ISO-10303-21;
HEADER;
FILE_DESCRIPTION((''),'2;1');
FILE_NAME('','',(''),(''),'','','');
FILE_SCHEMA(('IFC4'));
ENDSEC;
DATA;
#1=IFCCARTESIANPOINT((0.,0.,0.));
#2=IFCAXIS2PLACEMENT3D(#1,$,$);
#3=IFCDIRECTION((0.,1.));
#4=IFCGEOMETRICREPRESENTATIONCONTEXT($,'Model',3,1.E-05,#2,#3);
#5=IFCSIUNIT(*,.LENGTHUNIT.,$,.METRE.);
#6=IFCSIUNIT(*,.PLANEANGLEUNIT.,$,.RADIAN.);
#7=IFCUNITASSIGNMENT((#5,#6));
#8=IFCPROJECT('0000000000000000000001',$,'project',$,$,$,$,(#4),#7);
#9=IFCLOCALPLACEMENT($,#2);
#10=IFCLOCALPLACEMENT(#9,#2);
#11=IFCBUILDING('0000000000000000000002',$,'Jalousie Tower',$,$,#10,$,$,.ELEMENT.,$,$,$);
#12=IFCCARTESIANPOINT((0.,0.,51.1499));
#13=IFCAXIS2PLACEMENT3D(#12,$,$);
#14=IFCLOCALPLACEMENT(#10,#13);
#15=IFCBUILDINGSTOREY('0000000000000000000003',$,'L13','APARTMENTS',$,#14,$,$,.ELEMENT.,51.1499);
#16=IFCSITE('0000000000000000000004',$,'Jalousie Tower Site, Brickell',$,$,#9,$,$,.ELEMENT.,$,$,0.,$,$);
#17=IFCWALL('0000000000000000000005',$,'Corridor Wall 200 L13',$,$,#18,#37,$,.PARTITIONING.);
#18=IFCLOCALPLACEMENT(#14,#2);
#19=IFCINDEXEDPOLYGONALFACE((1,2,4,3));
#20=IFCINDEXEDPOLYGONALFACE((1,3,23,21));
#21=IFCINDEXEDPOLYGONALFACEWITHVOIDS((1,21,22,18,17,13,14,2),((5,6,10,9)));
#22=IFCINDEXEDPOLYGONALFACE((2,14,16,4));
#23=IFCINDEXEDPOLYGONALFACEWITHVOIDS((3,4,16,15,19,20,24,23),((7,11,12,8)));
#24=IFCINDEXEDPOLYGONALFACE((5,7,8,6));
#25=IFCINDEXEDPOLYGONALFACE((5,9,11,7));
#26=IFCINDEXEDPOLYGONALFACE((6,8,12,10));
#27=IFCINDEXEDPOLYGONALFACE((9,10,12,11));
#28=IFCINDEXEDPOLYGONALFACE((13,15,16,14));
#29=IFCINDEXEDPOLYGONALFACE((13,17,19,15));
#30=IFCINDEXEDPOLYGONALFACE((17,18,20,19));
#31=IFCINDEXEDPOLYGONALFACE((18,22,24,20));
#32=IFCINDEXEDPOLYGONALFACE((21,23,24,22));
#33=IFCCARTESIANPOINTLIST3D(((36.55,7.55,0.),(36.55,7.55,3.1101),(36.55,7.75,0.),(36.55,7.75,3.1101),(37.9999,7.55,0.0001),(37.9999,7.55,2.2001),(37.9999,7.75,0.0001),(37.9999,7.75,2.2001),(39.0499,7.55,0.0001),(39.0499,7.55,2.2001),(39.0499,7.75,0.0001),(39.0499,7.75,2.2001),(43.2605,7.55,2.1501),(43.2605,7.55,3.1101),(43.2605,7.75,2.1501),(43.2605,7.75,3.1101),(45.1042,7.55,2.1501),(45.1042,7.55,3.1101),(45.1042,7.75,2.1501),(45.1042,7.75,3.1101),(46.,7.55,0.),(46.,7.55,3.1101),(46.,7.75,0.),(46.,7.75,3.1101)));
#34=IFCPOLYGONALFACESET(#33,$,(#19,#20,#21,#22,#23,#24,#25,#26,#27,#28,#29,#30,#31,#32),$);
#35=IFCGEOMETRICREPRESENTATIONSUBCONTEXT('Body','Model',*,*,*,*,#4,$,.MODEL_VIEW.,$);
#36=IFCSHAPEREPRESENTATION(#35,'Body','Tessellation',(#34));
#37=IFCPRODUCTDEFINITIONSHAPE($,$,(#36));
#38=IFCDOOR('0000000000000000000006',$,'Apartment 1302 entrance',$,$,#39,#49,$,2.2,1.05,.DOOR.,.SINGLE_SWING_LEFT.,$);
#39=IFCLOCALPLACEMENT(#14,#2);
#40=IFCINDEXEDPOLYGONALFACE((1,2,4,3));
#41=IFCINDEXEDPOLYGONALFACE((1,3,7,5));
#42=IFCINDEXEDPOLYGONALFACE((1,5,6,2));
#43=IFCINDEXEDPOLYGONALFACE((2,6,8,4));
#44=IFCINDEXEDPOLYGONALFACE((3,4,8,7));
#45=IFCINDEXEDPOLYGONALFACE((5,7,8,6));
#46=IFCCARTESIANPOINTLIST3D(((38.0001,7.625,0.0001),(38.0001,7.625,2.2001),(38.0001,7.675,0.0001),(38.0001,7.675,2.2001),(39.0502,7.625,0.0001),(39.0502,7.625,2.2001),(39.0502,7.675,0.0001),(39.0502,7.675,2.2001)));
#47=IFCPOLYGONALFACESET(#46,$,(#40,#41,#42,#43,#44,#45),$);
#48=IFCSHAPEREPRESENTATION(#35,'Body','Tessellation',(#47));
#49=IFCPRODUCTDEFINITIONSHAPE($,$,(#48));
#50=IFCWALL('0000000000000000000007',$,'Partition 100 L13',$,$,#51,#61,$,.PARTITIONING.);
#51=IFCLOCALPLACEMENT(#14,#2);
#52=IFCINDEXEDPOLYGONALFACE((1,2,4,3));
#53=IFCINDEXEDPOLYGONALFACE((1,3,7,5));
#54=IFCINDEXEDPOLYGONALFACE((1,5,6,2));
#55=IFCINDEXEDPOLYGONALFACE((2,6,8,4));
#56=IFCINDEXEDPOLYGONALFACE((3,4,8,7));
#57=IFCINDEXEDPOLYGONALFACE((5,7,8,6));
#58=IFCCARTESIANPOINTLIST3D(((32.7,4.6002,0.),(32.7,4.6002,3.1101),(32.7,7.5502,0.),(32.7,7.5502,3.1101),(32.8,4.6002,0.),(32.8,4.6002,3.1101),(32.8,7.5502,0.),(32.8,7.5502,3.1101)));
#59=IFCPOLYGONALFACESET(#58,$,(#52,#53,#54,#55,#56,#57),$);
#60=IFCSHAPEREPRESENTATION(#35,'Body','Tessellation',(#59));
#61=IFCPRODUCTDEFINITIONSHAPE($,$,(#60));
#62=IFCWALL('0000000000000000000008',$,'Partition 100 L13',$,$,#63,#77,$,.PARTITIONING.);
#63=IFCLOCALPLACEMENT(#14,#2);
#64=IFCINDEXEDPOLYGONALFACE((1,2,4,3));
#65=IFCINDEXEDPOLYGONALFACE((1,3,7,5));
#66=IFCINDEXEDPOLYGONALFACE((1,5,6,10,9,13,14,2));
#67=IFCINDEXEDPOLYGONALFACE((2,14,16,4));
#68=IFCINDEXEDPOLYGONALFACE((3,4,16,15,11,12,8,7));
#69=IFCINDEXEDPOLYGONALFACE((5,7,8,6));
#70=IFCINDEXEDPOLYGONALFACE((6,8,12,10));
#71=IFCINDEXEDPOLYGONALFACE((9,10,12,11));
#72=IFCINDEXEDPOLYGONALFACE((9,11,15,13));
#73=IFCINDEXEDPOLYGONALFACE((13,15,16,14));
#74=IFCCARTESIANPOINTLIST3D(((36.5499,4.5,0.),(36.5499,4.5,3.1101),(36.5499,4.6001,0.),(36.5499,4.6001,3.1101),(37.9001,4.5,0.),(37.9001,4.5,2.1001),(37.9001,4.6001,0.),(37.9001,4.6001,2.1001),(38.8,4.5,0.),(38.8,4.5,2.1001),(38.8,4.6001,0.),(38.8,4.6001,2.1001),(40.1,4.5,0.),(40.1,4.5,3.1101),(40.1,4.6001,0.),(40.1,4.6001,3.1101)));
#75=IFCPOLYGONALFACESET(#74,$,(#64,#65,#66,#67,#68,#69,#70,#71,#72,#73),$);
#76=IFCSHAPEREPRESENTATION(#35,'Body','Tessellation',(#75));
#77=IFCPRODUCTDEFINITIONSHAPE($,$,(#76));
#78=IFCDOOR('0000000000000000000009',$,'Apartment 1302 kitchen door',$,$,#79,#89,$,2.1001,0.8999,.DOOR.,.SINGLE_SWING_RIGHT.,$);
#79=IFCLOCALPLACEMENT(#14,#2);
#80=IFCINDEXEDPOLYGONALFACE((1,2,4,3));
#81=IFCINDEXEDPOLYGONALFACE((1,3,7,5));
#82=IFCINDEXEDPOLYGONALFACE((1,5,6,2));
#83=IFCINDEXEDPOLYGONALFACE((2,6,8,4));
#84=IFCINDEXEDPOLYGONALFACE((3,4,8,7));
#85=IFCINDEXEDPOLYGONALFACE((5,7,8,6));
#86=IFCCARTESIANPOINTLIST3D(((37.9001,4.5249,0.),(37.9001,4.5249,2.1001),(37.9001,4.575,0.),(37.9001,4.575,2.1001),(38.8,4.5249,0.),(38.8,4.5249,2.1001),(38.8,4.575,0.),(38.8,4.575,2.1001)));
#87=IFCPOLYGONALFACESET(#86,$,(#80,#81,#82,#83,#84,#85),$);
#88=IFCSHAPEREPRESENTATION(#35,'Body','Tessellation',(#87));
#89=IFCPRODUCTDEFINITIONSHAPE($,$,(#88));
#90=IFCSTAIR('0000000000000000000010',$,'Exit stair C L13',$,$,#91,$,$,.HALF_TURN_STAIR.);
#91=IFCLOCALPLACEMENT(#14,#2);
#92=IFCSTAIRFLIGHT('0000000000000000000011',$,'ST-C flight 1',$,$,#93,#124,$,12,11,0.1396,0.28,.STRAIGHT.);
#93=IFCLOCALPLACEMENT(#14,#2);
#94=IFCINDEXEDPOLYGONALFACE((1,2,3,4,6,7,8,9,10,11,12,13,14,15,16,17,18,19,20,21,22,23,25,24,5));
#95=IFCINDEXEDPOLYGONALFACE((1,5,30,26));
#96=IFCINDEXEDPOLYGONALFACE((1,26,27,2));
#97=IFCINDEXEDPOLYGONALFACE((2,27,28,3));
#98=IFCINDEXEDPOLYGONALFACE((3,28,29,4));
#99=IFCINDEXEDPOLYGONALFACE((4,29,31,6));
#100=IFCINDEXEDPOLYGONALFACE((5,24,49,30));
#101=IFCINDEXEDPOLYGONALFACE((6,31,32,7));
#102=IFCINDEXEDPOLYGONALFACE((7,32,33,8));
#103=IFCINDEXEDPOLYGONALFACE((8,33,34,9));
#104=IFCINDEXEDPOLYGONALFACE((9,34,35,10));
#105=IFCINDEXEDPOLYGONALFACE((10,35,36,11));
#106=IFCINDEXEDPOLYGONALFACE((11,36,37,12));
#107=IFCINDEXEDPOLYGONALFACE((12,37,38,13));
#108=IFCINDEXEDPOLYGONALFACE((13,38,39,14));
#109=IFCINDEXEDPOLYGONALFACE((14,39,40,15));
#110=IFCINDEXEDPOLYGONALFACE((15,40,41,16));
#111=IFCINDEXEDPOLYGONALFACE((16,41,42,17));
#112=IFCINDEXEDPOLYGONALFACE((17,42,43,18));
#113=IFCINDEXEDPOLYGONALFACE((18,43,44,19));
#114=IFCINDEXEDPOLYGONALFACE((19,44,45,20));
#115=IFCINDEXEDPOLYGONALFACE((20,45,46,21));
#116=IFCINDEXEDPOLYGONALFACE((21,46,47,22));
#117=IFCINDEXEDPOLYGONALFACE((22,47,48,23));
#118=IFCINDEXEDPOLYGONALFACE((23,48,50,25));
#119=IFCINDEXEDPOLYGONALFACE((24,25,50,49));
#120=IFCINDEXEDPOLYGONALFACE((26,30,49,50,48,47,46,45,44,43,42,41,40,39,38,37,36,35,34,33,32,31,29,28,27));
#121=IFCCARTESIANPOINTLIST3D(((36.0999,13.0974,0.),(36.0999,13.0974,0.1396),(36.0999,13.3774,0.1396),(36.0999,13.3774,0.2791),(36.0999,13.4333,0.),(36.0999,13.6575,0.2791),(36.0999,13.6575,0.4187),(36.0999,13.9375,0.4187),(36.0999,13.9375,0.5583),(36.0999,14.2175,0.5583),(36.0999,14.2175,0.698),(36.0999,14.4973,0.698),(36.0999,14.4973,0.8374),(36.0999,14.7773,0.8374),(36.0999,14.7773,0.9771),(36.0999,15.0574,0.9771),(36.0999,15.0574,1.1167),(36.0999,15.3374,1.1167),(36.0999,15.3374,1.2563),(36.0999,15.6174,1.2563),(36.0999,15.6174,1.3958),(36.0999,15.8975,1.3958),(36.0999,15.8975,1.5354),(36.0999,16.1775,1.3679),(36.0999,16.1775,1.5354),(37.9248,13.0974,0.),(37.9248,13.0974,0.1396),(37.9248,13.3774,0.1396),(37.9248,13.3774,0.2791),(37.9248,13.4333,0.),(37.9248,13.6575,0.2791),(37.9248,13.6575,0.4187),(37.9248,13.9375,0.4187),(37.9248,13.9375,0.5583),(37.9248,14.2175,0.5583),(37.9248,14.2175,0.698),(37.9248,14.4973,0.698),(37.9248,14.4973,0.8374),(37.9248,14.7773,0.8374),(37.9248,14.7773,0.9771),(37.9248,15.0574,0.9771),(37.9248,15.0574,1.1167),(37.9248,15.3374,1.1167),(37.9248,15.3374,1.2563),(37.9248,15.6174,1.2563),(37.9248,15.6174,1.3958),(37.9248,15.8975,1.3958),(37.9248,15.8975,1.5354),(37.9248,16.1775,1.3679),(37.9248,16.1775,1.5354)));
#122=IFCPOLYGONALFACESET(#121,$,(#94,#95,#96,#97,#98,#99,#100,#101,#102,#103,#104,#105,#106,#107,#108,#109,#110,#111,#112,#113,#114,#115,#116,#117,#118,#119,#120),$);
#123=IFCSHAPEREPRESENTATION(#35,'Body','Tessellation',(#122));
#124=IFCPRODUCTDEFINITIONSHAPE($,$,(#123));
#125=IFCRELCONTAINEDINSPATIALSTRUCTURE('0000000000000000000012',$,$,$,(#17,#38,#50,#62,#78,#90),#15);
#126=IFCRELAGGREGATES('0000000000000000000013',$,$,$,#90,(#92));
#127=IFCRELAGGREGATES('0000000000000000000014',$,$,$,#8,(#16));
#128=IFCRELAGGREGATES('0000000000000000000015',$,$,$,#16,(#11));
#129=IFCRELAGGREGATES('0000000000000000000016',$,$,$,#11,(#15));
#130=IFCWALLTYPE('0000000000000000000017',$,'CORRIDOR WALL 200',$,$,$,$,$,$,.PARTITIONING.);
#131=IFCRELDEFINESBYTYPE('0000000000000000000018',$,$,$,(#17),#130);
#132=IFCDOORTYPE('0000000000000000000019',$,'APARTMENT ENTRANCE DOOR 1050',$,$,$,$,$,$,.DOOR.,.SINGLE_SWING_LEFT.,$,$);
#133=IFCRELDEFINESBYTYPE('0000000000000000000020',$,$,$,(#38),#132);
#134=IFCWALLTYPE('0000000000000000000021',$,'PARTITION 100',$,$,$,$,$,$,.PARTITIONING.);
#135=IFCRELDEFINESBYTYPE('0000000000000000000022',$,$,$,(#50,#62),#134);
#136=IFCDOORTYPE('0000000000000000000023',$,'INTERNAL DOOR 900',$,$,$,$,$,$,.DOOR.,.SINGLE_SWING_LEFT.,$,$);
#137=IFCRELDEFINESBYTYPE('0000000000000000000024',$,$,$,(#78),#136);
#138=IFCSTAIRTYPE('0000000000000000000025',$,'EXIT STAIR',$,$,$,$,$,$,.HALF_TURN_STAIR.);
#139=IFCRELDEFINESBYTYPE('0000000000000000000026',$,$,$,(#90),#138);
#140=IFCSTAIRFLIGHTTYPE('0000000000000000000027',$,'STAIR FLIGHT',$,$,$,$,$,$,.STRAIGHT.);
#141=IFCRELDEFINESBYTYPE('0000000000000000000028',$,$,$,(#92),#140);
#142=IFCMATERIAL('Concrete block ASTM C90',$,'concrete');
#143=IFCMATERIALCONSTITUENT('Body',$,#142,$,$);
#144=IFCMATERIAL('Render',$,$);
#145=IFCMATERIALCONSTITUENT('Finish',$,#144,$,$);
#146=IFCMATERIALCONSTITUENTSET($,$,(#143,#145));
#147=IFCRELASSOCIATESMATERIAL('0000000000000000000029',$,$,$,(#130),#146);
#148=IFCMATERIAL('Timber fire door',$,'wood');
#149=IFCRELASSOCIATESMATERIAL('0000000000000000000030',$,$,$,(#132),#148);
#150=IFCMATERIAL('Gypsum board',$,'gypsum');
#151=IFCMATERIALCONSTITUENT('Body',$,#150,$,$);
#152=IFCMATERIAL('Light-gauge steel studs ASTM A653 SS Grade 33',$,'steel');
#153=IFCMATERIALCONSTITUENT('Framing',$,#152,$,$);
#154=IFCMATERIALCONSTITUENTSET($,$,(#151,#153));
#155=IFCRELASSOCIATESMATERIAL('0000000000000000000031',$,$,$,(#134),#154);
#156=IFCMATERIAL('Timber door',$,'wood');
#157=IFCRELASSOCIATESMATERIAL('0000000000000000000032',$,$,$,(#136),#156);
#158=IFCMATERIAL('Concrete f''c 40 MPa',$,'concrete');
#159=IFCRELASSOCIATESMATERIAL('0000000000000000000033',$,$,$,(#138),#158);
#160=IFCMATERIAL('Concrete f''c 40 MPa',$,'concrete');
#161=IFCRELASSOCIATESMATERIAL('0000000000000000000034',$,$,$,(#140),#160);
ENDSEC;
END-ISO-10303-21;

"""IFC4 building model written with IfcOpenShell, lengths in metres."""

from ifc_helpers import new_model, si_unit, direction, frame, frame_2d, origin, place, context, subcontext, project, spatial, polyline, rectangle, outline, extrude, material, constituent, constituent_set, type_object, element, fill, aggregate, save


model = new_model("IFC4")

# Units and contexts
model_context = context("Model", 3, precision=1e-05, world=origin(), true_north=direction((0.0, 1.0)))
body_context = subcontext(model_context, "Body", "Model", "MODEL_VIEW")
ifc_project = project(units=[si_unit("LENGTHUNIT", "METRE"), si_unit("PLANEANGLEUNIT", "RADIAN")], contexts=[model_context])

# Site, building, storey
site_placement = place(None, origin())
site = spatial("IfcSite", under=ifc_project, at=site_placement, Name="Jalousie Tower Site, Brickell", CompositionType="ELEMENT", RefElevation=0.0)
building_placement = place(site_placement, origin())
building = spatial("IfcBuilding", under=site, at=building_placement, Name="Jalousie Tower", CompositionType="ELEMENT")
storey_placement = place(building_placement, frame((0.0, 0.0, 51.1499)))
storey = spatial("IfcBuildingStorey", under=building, at=storey_placement, Name="L13", Description="APARTMENTS", CompositionType="ELEMENT", Elevation=51.1499)

# Wall, opening, door
ifc_material_1 = material(Name="Concrete block ASTM C90", Category="concrete")
ifc_constituent_1 = constituent(ifc_material_1, Name="Body")
ifc_material_2 = material(Name="Render")
ifc_constituent_2 = constituent(ifc_material_2, Name="Finish")
ifc_constituent_set_1 = constituent_set(constituents=[ifc_constituent_1, ifc_constituent_2])
wall_type_1 = type_object("IfcWallType", Name="CORRIDOR WALL 200", PredefinedType="PARTITIONING", material=ifc_constituent_set_1)
wall_1_placement = place(storey_placement, frame((36.55, 7.6499, 0.0), z_axis=(0.0, 0.0, 1.0), x_axis=(1.0, 0.0, 0.0)))
wall_1 = element("IfcWall", 1, at=wall_1_placement, inside=storey, type_object=wall_type_1, Name="Corridor Wall 200 L13", PredefinedType="PARTITIONING", context=body_context, shape_type="SweptSolid", body=[
    extrude(outline(polyline([(0.0, 0.0), (9.45, 0.0), (9.45, 3.1101), (8.5542, 3.1101), (8.5542, 2.1501), (6.7104, 2.1501), (6.7104, 3.1101), (0.0, 3.1101), (0.0, 0.0)])), frame((0.0, 0.1001, 0.0), z_axis=(0.0, -1.0, 0.0), x_axis=(1.0, 0.0, 0.0)), (0.0, 0.0, 1.0), 0.2),
])
opening_1_placement = place(wall_1_placement, frame((1.45, 0.0, 0.0)))
opening_1 = element("IfcOpeningElement", 2, at=opening_1_placement, cuts=wall_1, PredefinedType="OPENING", context=body_context, shape_type="SweptSolid", body=[
    extrude(rectangle(XDim=1.05, YDim=2.2, at=frame_2d((0.5249, 1.1001))), frame((0.0, 0.1099, 0.0), z_axis=(0.0, -1.0, 0.0), x_axis=(1.0, 0.0, 0.0)), (0.0, 0.0, 1.0), 0.22),
])
ifc_material_3 = material(Name="Timber fire door", Category="wood")
door_type_1 = type_object("IfcDoorType", Name="APARTMENT ENTRANCE DOOR 1050", OperationType="SINGLE_SWING_LEFT", PredefinedType="DOOR", material=ifc_material_3)
door_1_placement = place(opening_1_placement, frame((1.05, 0.0, 0.0), z_axis=(0.0, 0.0, 1.0), x_axis=(-1.0, 0.0, 0.0)))
door_1 = element("IfcDoor", 3, at=door_1_placement, inside=storey, type_object=door_type_1, Name="Apartment 1302 entrance", OperationType="SINGLE_SWING_LEFT", OverallHeight=2.2, OverallWidth=1.05, PredefinedType="DOOR", context=body_context, shape_type="SweptSolid", body=[
    extrude(rectangle(XDim=1.05, YDim=2.2, at=frame_2d((0.5249, 1.1001))), frame((0.0, 0.0249, 0.0), z_axis=(0.0, -1.0, 0.0), x_axis=(1.0, 0.0, 0.0)), (0.0, 0.0, 1.0), 0.05),
])
fill(opening_1, door_1)

# Wall
ifc_material_4 = material(Name="Gypsum board", Category="gypsum")
ifc_constituent_3 = constituent(ifc_material_4, Name="Body")
ifc_material_5 = material(Name="Light-gauge steel studs ASTM A653 SS Grade 33", Category="steel")
ifc_constituent_4 = constituent(ifc_material_5, Name="Framing")
ifc_constituent_set_2 = constituent_set(constituents=[ifc_constituent_3, ifc_constituent_4])
wall_type_2 = type_object("IfcWallType", Name="PARTITION 100", PredefinedType="PARTITIONING", material=ifc_constituent_set_2)
wall_2_placement = place(storey_placement, frame((32.75, 4.6001, 0.0), z_axis=(0.0, 0.0, 1.0), x_axis=(0.0, 1.0, 0.0)))
element("IfcWall", 4, at=wall_2_placement, inside=storey, type_object=wall_type_2, Name="Partition 100 L13", PredefinedType="PARTITIONING", context=body_context, shape_type="SweptSolid", body=[
    extrude(rectangle(XDim=2.95, YDim=0.1001, at=frame_2d((1.4751, 0.0))), origin(), (0.0, 0.0, 1.0), 3.1101),
])

# Wall, opening, door
wall_3_placement = place(storey_placement, frame((36.55, 4.55, 0.0), z_axis=(0.0, 0.0, 1.0), x_axis=(1.0, 0.0, 0.0)))
wall_3 = element("IfcWall", 5, at=wall_3_placement, inside=storey, type_object=wall_type_2, Name="Partition 100 L13", PredefinedType="PARTITIONING", context=body_context, shape_type="SweptSolid", body=[
    extrude(rectangle(XDim=3.55, YDim=0.1001, at=frame_2d((1.7749, 0.0))), origin(), (0.0, 0.0, 1.0), 3.1101),
])
opening_2_placement = place(wall_3_placement, frame((1.3501, 0.0, 0.0)))
opening_2 = element("IfcOpeningElement", 6, at=opening_2_placement, cuts=wall_3, PredefinedType="OPENING", context=body_context, shape_type="SweptSolid", body=[
    extrude(rectangle(XDim=0.8999, YDim=2.1001, at=frame_2d((0.45, 1.05))), frame((0.0, 0.0601, 0.0), z_axis=(0.0, -1.0, 0.0), x_axis=(1.0, 0.0, 0.0)), (0.0, 0.0, 1.0), 0.1201),
])
ifc_material_6 = material(Name="Timber door", Category="wood")
door_type_2 = type_object("IfcDoorType", Name="INTERNAL DOOR 900", OperationType="SINGLE_SWING_LEFT", PredefinedType="DOOR", material=ifc_material_6)
door_2_placement = place(opening_2_placement, origin())
door_2 = element("IfcDoor", 7, at=door_2_placement, inside=storey, type_object=door_type_2, Name="Apartment 1302 kitchen door", OperationType="SINGLE_SWING_RIGHT", OverallHeight=2.1001, OverallWidth=0.8999, PredefinedType="DOOR", context=body_context, shape_type="SweptSolid", body=[
    extrude(rectangle(XDim=0.8999, YDim=2.1001, at=frame_2d((0.45, 1.05))), frame((0.0, 0.0249, 0.0), z_axis=(0.0, -1.0, 0.0), x_axis=(1.0, 0.0, 0.0)), (0.0, 0.0, 1.0), 0.05),
])
fill(opening_2, door_2)

# Stair, stair flight
ifc_material_7 = material(Name="Concrete f'c 40 MPa", Category="concrete")
stair_type = type_object("IfcStairType", Name="EXIT STAIR", PredefinedType="HALF_TURN_STAIR", material=ifc_material_7)
stair_placement = place(storey_placement, origin())
stair = element("IfcStair", 8, at=stair_placement, inside=storey, type_object=stair_type, Name="Exit stair C L13", PredefinedType="HALF_TURN_STAIR")
ifc_material_8 = material(Name="Concrete f'c 40 MPa", Category="concrete")
stair_flight_type = type_object("IfcStairFlightType", Name="STAIR FLIGHT", PredefinedType="STRAIGHT", material=ifc_material_8)
stair_flight_placement = place(storey_placement, frame((37.0125, 13.0974, 0.0), z_axis=(0.0, 0.0, 1.0), x_axis=(0.0, 1.0, 0.0)))
stair_flight = element("IfcStairFlight", 9, at=stair_flight_placement, type_object=stair_flight_type, Name="ST-C flight 1", NumberOfRisers=12, NumberOfTreads=11, PredefinedType="STRAIGHT", RiserHeight=0.1396, TreadLength=0.28, context=body_context, shape_type="SweptSolid", body=[
    extrude(outline(polyline([(0.0, 0.0), (0.0, 0.1396), (0.28, 0.1396), (0.28, 0.2791), (0.5601, 0.2791), (0.5601, 0.4187), (0.8401, 0.4187), (0.8401, 0.5583), (1.1201, 0.5583), (1.1201, 0.698), (1.3999, 0.698), (1.3999, 0.8374), (1.6799, 0.8374), (1.6799, 0.9771), (1.96, 0.9771), (1.96, 1.1167), (2.24, 1.1167), (2.24, 1.2563), (2.52, 1.2563), (2.52, 1.3958), (2.8, 1.3958), (2.8, 1.5354), (3.0801, 1.5354), (3.0801, 1.675), (3.0801, 1.3679), (0.3359, 0.0), (0.0, 0.0)])), frame((0.0, 0.9126, 0.0), z_axis=(0.0, -1.0, 0.0), x_axis=(1.0, 0.0, 0.0)), (0.0, 0.0, 1.0), 1.825),
])
aggregate(stair, [stair_flight])

save(model, "model.ifc")
